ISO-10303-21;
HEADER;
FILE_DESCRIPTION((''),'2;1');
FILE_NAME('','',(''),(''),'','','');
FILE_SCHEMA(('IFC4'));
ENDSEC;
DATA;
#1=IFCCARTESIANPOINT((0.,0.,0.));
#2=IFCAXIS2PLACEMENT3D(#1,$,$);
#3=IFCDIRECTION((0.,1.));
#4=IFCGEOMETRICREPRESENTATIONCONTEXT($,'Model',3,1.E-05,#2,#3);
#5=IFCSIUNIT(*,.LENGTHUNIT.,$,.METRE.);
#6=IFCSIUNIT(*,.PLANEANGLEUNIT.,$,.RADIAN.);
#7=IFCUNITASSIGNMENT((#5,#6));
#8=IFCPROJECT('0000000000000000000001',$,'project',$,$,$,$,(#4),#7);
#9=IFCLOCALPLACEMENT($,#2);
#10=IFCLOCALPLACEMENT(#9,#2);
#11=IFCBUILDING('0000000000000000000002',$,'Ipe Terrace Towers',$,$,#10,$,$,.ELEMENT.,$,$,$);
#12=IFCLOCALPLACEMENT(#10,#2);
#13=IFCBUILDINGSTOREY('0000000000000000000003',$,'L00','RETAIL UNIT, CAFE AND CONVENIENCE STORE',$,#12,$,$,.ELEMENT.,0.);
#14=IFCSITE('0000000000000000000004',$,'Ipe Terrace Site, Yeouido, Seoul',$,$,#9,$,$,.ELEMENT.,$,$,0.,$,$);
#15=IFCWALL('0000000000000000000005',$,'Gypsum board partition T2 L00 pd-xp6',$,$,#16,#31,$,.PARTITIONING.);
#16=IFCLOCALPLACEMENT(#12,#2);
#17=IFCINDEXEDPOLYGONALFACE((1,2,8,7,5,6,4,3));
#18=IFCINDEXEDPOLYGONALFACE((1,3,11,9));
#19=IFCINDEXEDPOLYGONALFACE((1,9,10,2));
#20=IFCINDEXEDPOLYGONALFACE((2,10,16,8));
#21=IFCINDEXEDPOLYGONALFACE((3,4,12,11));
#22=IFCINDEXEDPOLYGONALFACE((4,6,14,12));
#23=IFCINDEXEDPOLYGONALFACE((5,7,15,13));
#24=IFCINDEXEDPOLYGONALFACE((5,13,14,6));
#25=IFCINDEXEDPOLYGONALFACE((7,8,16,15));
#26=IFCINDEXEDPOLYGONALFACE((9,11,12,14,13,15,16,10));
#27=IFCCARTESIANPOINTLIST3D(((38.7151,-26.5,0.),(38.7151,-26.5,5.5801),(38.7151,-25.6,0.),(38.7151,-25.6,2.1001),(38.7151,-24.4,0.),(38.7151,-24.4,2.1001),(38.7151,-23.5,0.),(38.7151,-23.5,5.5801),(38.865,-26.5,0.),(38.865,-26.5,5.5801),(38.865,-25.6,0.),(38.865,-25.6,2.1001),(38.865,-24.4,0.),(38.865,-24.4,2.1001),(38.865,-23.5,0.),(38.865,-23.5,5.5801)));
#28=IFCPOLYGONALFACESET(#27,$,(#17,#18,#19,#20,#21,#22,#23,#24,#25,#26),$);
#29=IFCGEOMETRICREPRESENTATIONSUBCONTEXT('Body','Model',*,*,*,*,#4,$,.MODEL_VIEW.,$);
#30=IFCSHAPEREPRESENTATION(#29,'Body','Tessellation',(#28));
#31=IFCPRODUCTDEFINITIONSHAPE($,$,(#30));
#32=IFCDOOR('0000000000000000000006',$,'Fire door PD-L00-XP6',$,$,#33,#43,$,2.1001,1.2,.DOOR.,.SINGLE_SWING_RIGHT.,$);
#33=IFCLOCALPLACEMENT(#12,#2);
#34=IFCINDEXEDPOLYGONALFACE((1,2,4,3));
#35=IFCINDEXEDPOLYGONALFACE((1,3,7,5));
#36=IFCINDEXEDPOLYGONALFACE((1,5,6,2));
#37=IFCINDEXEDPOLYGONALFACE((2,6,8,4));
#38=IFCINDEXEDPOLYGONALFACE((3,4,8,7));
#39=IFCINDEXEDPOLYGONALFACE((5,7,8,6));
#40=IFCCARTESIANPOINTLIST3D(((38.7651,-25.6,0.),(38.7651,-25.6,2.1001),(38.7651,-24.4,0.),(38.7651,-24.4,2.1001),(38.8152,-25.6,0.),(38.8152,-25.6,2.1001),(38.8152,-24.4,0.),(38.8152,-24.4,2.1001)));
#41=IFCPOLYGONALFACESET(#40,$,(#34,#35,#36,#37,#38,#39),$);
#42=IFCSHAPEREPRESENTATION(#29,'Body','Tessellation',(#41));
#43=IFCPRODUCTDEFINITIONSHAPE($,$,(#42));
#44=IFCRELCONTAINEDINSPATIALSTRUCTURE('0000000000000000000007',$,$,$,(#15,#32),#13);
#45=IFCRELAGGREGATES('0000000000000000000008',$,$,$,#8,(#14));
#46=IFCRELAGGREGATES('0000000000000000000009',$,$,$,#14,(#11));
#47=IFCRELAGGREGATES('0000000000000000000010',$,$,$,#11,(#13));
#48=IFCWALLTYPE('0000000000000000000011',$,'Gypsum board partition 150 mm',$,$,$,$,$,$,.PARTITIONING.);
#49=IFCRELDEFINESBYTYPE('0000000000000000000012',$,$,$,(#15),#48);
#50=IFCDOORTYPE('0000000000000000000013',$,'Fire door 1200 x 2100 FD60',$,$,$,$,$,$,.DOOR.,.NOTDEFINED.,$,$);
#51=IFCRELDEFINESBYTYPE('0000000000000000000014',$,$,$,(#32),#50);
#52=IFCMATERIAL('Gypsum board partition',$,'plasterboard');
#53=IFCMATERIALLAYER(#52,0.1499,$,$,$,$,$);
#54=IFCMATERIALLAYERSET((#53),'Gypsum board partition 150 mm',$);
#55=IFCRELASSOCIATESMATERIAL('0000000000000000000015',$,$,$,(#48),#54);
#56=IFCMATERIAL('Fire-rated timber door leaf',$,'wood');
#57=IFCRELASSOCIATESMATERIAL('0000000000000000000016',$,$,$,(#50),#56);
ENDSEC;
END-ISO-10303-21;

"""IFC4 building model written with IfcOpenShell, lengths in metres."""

from ifc_helpers import new_model, si_unit, direction, frame, frame_2d, origin, place, context, subcontext, project, spatial, rectangle, extrude, material, layer, layer_set, type_object, element, fill, save


model = new_model("IFC4")

# Units and contexts
model_context = context("Model", 3, precision=1e-05, world=origin(), true_north=direction((0.0, 1.0)))
body_context = subcontext(model_context, "Body", "Model", "MODEL_VIEW")
ifc_project = project(units=[si_unit("LENGTHUNIT", "METRE"), si_unit("PLANEANGLEUNIT", "RADIAN")], contexts=[model_context])

# Site, building, storey
site_placement = place(None, origin())
site = spatial("IfcSite", under=ifc_project, at=site_placement, Name="Ipe Terrace Site, Yeouido, Seoul", CompositionType="ELEMENT", RefElevation=0.0)
building_placement = place(site_placement, origin())
building = spatial("IfcBuilding", under=site, at=building_placement, Name="Ipe Terrace Towers", CompositionType="ELEMENT")
storey_placement = place(building_placement, origin())
storey = spatial("IfcBuildingStorey", under=building, at=storey_placement, Name="L00", Description="RETAIL UNIT, CAFE AND CONVENIENCE STORE", CompositionType="ELEMENT", Elevation=0.0)

# Shared definitions
ifc_material_1 = material(Name="Gypsum board partition", Category="plasterboard")
ifc_layer = layer(ifc_material_1, 0.1499)
ifc_layer_set = layer_set([ifc_layer], Name="Gypsum board partition 150 mm")
wall_type = type_object("IfcWallType", Name="Gypsum board partition 150 mm", PredefinedType="PARTITIONING", material=ifc_layer_set)

# Wall, opening, door
wall_1_placement = place(storey_placement, frame((38.79, -26.5, 0.0), z_axis=(0.0, 0.0, 1.0), x_axis=(0.0, 1.0, 0.0)))
wall_1 = element("IfcWall", 1, at=wall_1_placement, inside=storey, type_object=wall_type, Name="Gypsum board partition T2 L00 pd-xp6", PredefinedType="PARTITIONING", context=body_context, shape_type="SweptSolid", body=[
    extrude(rectangle(XDim=3.0, YDim=0.1499, at=frame_2d((1.5, 0.0))), origin(), (0.0, 0.0, 1.0), 5.5801),
])
opening_1_placement = place(wall_1_placement, frame((0.8999, 0.0, 0.0)))
opening_1 = element("IfcOpeningElement", 2, at=opening_1_placement, cuts=wall_1, PredefinedType="OPENING", context=body_context, shape_type="SweptSolid", body=[
    extrude(rectangle(XDim=1.2, YDim=2.1001, at=frame_2d((0.6001, 1.05))), frame((0.0, 0.085, 0.0), z_axis=(0.0, -1.0, 0.0), x_axis=(1.0, 0.0, 0.0)), (0.0, 0.0, 1.0), 0.1699),
])
ifc_material_2 = material(Name="Fire-rated timber door leaf", Category="wood")
door_type_1 = type_object("IfcDoorType", Name="Fire door 1200 x 2100 FD60", OperationType="NOTDEFINED", PredefinedType="DOOR", material=ifc_material_2)
door_1_placement = place(opening_1_placement, origin())
door_1 = element("IfcDoor", 3, at=door_1_placement, inside=storey, type_object=door_type_1, Name="Fire door PD-L00-XP6", OperationType="SINGLE_SWING_RIGHT", OverallHeight=2.1001, OverallWidth=1.2, PredefinedType="DOOR", context=body_context, shape_type="SweptSolid", body=[
    extrude(rectangle(XDim=1.2, YDim=2.1001, at=frame_2d((0.6001, 1.05))), frame((0.0, 0.0249, 0.0), z_axis=(0.0, -1.0, 0.0), x_axis=(1.0, 0.0, 0.0)), (0.0, 0.0, 1.0), 0.05),
])
fill(opening_1, door_1)

save(model, "model.ifc")
